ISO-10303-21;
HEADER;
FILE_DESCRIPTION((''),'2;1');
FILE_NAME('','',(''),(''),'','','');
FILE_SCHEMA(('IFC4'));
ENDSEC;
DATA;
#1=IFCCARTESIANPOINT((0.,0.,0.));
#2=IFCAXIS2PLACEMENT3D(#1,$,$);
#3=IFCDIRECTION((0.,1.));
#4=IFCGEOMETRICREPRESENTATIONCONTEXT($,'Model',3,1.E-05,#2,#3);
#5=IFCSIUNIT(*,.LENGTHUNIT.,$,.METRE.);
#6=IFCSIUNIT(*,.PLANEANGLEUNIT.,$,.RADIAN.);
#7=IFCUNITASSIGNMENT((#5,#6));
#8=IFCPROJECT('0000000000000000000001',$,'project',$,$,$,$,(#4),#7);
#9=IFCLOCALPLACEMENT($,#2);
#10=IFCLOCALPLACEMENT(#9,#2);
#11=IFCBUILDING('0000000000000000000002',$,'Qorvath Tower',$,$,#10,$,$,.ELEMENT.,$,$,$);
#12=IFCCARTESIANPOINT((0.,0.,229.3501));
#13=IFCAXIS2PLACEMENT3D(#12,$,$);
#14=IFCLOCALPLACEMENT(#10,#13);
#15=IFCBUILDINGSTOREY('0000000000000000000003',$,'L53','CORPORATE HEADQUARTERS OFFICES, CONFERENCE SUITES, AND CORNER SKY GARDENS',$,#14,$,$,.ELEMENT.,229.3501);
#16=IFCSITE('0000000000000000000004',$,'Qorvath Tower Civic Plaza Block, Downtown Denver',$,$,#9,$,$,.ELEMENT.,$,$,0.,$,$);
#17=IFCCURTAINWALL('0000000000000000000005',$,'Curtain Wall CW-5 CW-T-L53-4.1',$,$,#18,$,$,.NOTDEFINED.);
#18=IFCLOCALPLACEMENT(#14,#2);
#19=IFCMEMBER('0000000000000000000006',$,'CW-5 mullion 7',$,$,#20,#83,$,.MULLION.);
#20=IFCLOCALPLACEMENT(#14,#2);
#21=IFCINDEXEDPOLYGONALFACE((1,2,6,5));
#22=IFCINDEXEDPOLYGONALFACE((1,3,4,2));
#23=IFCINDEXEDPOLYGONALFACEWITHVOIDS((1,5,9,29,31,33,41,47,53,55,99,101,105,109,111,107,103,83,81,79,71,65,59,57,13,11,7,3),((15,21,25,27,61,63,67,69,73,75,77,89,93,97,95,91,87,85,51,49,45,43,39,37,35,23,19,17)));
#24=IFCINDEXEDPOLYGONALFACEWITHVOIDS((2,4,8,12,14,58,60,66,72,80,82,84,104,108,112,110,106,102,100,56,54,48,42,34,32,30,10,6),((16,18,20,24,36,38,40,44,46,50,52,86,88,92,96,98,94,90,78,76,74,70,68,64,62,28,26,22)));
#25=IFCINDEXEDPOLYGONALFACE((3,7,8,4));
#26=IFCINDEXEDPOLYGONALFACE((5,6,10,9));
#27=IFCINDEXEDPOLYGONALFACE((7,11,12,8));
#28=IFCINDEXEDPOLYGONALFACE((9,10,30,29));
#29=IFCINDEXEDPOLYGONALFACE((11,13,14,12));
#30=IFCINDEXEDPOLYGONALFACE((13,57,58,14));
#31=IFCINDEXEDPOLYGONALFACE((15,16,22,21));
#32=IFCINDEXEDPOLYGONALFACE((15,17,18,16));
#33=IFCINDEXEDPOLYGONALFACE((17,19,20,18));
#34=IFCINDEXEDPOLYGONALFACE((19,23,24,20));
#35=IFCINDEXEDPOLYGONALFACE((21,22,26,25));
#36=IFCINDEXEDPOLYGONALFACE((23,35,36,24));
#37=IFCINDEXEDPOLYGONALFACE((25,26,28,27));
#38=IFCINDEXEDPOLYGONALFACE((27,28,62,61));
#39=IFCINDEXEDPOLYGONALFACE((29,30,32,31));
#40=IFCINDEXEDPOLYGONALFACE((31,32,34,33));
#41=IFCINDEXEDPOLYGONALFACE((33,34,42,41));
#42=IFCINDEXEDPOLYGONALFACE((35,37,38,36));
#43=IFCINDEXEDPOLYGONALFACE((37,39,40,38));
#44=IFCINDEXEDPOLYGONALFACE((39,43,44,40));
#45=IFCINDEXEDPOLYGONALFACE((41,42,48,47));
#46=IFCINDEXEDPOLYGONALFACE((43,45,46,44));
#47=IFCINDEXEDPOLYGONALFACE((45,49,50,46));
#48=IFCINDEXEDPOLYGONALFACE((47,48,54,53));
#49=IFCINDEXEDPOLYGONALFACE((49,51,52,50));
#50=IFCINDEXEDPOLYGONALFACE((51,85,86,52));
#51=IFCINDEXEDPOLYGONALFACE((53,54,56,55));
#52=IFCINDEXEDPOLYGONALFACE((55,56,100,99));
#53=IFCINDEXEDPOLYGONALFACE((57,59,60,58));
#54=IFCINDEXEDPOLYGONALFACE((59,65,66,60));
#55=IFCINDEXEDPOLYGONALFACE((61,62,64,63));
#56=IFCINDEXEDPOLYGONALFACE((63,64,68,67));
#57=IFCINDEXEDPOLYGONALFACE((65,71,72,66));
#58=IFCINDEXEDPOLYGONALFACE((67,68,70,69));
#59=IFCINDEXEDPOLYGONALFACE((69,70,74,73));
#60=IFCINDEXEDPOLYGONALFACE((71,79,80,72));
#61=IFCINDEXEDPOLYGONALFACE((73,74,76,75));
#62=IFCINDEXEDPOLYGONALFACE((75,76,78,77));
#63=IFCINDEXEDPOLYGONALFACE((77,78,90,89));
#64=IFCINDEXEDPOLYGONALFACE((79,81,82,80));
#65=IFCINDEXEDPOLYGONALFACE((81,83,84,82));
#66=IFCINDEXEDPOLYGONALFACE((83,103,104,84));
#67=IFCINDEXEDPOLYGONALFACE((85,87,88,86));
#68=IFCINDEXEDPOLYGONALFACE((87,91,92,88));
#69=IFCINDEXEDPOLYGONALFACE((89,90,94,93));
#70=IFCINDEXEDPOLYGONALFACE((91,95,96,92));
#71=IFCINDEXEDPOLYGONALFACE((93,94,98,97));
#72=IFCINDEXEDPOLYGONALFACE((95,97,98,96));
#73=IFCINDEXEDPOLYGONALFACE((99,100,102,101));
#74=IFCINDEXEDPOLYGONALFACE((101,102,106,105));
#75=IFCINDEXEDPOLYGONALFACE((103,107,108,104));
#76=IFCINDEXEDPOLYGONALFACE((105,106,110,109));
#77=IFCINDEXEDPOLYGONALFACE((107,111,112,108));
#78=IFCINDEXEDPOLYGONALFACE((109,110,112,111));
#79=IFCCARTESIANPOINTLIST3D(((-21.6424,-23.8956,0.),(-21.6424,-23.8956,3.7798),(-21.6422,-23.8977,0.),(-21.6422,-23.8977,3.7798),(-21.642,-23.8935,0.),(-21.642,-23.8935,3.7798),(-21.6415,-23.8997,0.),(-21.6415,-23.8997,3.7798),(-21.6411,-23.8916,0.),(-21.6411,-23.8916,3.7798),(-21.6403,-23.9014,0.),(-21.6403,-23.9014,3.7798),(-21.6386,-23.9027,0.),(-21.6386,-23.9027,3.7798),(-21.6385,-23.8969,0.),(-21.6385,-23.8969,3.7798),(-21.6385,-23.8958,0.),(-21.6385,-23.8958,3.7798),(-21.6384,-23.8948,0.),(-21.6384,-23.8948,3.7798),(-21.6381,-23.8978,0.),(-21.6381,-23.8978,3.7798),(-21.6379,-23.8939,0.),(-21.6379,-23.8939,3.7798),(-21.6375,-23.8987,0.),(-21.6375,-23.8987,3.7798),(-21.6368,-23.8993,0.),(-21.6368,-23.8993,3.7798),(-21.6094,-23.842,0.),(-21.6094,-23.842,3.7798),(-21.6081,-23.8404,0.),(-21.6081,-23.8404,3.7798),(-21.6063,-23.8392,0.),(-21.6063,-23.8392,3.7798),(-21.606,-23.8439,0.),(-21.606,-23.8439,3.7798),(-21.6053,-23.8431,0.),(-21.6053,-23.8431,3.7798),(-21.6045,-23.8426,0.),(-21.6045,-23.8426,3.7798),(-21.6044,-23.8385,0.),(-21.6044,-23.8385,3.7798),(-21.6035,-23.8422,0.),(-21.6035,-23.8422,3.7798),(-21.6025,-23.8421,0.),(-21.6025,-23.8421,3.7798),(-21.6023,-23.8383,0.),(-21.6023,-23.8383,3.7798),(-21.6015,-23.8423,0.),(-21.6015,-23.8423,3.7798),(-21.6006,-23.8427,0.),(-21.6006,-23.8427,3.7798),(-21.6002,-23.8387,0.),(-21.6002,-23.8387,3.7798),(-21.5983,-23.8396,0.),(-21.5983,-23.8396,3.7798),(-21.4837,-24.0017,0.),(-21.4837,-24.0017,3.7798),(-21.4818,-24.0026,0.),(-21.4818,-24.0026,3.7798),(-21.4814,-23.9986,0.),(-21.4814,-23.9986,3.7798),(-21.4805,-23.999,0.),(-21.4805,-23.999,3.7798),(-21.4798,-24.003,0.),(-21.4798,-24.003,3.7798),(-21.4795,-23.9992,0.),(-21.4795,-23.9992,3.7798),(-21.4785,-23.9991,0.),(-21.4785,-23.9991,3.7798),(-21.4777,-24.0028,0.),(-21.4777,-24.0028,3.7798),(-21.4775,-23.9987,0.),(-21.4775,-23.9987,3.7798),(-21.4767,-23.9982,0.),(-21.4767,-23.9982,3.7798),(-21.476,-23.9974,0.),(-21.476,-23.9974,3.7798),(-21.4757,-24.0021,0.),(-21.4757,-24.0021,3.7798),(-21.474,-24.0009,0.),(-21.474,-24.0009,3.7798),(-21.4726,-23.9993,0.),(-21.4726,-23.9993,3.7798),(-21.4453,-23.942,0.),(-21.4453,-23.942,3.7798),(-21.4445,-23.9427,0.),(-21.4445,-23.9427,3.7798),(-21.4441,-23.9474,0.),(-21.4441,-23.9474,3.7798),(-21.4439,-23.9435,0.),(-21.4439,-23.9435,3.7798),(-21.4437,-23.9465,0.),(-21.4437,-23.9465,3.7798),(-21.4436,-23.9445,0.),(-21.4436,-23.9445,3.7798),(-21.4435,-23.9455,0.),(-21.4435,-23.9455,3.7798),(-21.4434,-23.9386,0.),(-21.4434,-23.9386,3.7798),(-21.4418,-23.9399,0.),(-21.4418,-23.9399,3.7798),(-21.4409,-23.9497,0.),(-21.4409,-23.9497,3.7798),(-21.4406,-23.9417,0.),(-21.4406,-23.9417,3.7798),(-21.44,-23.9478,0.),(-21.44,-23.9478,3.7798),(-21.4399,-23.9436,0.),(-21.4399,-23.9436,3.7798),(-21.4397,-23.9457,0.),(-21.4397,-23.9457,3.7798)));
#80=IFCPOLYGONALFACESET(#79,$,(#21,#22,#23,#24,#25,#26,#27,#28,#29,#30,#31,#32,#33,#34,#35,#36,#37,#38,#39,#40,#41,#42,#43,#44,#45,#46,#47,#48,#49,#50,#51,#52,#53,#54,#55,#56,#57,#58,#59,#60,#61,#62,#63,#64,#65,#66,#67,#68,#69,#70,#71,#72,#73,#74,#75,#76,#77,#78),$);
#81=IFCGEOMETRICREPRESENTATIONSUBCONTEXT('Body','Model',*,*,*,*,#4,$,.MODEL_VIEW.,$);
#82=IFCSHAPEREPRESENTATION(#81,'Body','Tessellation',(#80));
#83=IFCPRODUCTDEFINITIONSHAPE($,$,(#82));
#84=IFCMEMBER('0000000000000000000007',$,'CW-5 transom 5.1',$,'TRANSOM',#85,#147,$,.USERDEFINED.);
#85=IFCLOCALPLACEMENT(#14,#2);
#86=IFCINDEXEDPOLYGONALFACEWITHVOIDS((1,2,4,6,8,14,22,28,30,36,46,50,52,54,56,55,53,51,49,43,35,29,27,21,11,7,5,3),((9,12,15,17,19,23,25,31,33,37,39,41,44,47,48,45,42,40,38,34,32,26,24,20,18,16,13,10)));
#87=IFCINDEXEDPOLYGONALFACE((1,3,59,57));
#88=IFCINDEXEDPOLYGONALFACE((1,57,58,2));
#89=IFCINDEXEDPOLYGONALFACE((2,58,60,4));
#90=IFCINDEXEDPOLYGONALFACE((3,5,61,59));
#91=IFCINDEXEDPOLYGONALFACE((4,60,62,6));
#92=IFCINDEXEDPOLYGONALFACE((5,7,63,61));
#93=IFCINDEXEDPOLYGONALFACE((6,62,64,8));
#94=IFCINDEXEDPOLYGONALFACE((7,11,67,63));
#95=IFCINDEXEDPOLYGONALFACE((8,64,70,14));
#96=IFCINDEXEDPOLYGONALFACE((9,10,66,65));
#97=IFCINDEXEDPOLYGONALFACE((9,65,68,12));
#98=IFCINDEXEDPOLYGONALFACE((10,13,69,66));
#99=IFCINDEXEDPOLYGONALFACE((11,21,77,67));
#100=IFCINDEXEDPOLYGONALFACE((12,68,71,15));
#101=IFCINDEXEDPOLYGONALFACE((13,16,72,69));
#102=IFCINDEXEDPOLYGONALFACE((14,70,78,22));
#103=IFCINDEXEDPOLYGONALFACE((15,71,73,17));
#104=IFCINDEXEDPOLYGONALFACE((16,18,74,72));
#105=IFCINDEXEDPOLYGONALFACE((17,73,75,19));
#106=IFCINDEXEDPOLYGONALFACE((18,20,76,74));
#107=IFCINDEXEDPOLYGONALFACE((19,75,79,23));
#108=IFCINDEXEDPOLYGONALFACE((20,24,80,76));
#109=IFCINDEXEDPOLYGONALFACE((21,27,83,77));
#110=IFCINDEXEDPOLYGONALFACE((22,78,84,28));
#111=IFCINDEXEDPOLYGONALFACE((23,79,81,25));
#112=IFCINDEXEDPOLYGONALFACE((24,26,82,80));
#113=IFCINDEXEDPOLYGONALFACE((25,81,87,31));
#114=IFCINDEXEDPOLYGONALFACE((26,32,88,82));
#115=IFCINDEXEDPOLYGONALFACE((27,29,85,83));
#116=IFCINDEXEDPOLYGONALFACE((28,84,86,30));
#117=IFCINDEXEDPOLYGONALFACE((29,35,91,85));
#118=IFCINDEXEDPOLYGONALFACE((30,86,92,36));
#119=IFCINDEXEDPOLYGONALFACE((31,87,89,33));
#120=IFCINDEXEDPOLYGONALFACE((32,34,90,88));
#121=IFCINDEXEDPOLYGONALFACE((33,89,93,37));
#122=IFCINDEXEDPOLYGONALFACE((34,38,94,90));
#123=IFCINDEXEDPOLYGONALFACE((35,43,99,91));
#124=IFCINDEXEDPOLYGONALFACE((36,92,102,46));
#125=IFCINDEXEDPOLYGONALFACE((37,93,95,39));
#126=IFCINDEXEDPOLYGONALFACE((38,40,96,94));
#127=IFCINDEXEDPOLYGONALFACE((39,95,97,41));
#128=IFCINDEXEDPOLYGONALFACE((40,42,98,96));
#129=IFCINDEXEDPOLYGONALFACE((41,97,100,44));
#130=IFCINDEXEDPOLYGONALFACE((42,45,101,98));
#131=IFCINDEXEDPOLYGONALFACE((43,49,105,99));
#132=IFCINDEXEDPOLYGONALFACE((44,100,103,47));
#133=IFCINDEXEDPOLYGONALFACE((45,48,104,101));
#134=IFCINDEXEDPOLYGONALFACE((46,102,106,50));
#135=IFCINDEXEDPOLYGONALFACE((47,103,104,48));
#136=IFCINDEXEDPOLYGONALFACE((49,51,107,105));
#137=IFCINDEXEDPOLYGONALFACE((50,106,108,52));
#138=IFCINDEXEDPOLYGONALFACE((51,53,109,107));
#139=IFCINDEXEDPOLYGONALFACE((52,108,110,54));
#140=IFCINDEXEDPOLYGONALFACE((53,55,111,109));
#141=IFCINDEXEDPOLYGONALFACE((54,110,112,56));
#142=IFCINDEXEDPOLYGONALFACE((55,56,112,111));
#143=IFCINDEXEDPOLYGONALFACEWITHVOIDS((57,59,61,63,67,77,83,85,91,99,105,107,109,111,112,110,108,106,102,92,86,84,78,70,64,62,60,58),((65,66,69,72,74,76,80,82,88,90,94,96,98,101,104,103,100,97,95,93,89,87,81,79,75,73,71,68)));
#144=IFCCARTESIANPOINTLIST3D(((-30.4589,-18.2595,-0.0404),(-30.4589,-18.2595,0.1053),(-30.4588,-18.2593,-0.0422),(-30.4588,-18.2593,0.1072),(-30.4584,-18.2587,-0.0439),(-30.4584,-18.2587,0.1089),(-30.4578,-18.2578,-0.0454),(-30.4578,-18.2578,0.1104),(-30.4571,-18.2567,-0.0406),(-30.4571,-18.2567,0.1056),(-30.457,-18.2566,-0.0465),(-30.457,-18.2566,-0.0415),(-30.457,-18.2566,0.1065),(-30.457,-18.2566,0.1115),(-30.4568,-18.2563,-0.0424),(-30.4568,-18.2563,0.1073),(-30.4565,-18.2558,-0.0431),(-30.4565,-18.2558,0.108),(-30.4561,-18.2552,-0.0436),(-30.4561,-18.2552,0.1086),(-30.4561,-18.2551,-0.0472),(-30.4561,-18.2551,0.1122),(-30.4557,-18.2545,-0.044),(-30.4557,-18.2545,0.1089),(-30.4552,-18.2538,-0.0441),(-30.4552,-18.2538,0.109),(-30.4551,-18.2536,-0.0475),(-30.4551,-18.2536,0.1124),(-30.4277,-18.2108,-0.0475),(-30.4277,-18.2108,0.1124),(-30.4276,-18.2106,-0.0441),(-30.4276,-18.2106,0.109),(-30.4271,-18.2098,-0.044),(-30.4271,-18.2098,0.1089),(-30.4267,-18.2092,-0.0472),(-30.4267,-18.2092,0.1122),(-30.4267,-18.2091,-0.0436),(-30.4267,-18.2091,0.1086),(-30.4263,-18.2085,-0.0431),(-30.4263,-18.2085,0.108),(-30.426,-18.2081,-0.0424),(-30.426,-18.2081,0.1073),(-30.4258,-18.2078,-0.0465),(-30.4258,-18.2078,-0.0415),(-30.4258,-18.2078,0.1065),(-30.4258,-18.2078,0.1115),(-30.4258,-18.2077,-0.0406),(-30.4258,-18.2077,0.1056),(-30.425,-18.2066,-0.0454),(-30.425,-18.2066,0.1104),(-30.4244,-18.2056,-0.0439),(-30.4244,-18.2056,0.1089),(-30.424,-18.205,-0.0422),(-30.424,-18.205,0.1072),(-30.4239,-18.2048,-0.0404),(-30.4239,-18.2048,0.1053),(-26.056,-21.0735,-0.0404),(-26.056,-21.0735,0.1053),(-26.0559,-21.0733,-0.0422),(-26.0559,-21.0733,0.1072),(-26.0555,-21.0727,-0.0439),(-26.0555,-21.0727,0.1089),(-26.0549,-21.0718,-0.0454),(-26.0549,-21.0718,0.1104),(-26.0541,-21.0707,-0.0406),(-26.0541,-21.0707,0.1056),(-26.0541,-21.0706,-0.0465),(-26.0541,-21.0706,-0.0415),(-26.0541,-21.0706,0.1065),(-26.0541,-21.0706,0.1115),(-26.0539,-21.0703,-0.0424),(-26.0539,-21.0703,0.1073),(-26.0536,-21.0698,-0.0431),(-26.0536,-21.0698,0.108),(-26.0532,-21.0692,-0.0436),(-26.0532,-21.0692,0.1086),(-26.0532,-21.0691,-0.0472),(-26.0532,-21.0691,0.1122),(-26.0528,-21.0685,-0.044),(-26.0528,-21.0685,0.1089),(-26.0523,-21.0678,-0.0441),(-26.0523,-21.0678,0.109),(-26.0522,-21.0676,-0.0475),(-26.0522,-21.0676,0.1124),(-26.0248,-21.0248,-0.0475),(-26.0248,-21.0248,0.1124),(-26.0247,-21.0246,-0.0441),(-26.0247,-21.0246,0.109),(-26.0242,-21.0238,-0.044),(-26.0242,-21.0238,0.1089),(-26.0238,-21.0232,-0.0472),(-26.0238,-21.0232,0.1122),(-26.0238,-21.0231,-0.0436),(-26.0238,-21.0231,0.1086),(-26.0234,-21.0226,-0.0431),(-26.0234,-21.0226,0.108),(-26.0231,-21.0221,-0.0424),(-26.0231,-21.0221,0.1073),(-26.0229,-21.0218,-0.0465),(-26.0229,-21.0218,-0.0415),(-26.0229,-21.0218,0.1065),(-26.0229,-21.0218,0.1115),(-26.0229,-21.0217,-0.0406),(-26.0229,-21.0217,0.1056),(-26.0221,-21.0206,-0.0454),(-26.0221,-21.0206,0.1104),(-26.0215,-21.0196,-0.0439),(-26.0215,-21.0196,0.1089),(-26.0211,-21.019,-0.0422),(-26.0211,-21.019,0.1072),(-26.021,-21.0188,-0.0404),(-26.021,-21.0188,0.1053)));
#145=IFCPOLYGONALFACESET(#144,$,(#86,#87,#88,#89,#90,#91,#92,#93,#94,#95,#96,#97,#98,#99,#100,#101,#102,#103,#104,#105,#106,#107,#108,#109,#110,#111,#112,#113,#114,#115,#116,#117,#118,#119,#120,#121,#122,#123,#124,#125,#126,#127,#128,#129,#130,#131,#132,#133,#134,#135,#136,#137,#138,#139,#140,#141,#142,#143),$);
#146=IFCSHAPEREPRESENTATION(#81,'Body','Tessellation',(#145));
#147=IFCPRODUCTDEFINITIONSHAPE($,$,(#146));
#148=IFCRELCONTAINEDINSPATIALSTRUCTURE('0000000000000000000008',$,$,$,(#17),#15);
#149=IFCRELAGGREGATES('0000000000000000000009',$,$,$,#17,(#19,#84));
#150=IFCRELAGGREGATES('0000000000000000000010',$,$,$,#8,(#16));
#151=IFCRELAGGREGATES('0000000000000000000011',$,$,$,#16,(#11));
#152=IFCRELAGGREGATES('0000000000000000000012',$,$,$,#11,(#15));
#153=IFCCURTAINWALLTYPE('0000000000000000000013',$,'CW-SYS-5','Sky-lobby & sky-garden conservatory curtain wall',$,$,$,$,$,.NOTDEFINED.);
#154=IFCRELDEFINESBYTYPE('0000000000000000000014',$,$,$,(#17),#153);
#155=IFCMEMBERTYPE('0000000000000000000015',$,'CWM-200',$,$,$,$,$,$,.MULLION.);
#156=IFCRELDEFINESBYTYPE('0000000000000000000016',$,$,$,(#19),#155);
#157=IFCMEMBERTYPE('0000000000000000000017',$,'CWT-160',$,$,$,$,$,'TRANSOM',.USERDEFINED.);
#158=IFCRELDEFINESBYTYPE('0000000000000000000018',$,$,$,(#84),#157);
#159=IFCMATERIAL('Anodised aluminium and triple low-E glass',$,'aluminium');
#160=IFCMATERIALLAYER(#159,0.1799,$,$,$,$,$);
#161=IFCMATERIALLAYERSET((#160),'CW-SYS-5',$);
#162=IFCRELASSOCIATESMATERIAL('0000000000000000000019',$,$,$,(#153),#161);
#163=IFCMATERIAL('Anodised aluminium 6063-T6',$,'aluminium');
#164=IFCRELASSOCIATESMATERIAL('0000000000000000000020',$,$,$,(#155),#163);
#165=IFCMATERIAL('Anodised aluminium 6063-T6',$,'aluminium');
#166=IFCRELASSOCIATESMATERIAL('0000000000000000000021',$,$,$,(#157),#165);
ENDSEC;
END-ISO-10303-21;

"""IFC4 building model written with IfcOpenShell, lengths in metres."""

from ifc_helpers import new_model, si_unit, direction, frame, origin, origin_2d, place, context, subcontext, project, spatial, hollow_rectangle, extrude, material, layer, layer_set, material_profile, profile_set, type_object, element, aggregate, save


model = new_model("IFC4")

# Units and contexts
model_context = context("Model", 3, precision=1e-05, world=origin(), true_north=direction((0.0, 1.0)))
body_context = subcontext(model_context, "Body", "Model", "MODEL_VIEW")
ifc_project = project(units=[si_unit("LENGTHUNIT", "METRE"), si_unit("PLANEANGLEUNIT", "RADIAN")], contexts=[model_context])

# Site, building, storey
site_placement = place(None, origin())
site = spatial("IfcSite", under=ifc_project, at=site_placement, Name="Qorvath Tower Civic Plaza Block, Downtown Denver", CompositionType="ELEMENT", RefElevation=0.0)
building_placement = place(site_placement, origin())
building = spatial("IfcBuilding", under=site, at=building_placement, Name="Qorvath Tower", CompositionType="ELEMENT")
storey_placement = place(building_placement, frame((0.0, 0.0, 229.3501)))
storey = spatial("IfcBuildingStorey", under=building, at=storey_placement, Name="L53", Description="CORPORATE HEADQUARTERS OFFICES, CONFERENCE SUITES, AND CORNER SKY GARDENS", CompositionType="ELEMENT", Elevation=229.3501)

# Curtain wall, members
ifc_material_1 = material(Name="Anodised aluminium and triple low-E glass", Category="aluminium")
ifc_layer_1 = layer(ifc_material_1, 0.1799)
ifc_layer_set_1 = layer_set([ifc_layer_1], Name="CW-SYS-5")
curtain_wall_type = type_object("IfcCurtainWallType", Name="CW-SYS-5", Description="Sky-lobby & sky-garden conservatory curtain wall", PredefinedType="NOTDEFINED", material=ifc_layer_set_1)
curtain_wall_placement = place(storey_placement, origin())
curtain_wall = element("IfcCurtainWall", 1, at=curtain_wall_placement, inside=storey, type_object=curtain_wall_type, Name="Curtain Wall CW-5 CW-T-L53-4.1", PredefinedType="NOTDEFINED")
ifc_material_2 = material(Name="Anodised aluminium 6063-T6", Category="aluminium")
ifc_material_profile_1 = material_profile(ifc_material_2, hollow_rectangle(XDim=0.075, YDim=0.2, WallThickness=0.0039, InnerFilletRadius=0.0039, OuterFilletRadius=0.0081, at=origin_2d()), Name="CWM 200x75")
ifc_profile_set_1 = profile_set([ifc_material_profile_1], Name="Anodised aluminium 6063-T6")
member_type_1 = type_object("IfcMemberType", Name="CWM-200", PredefinedType="MULLION", material=ifc_profile_set_1)
member_1_placement = place(storey_placement, frame((-21.541, -23.9207, 0.0), z_axis=(0.0, 0.0, 1.0), x_axis=(0.538529, 0.842607, 0.0)))
member_1 = element("IfcMember", 2, at=member_1_placement, type_object=member_type_1, Name="CW-5 mullion 7", PredefinedType="MULLION", context=body_context, shape_type="SweptSolid", body=[
    extrude(hollow_rectangle(XDim=0.075, YDim=0.2, WallThickness=0.0039, InnerFilletRadius=0.0039, OuterFilletRadius=0.0081, at=origin_2d()), origin(), (0.0, 0.0, 1.0), 3.7798),
])
ifc_material_3 = material(Name="Anodised aluminium 6063-T6", Category="aluminium")
ifc_material_profile_2 = material_profile(ifc_material_3, hollow_rectangle(XDim=0.0649, YDim=0.1599, WallThickness=0.0034, InnerFilletRadius=0.0034, OuterFilletRadius=0.0071, at=origin_2d()), Name="CWT 160x65")
ifc_profile_set_2 = profile_set([ifc_material_profile_2], Name="Anodised aluminium 6063-T6")
member_type_2 = type_object("IfcMemberType", Name="CWT-160", ElementType="TRANSOM", PredefinedType="USERDEFINED", material=ifc_profile_set_2)
member_2_placement = place(storey_placement, frame((-30.4414, -18.2322, 0.0325), z_axis=(0.842606, -0.538531, 0.0), x_axis=(0.538531, 0.842606, 0.0)))
member_2 = element("IfcMember", 3, at=member_2_placement, type_object=member_type_2, Name="CW-5 transom 5.1", ObjectType="TRANSOM", PredefinedType="USERDEFINED", context=body_context, shape_type="SweptSolid", body=[
    extrude(hollow_rectangle(XDim=0.0649, YDim=0.1599, WallThickness=0.0034, InnerFilletRadius=0.0034, OuterFilletRadius=0.0071, at=origin_2d()), origin(), (0.0, 0.0, 1.0), 5.2253),
])
aggregate(curtain_wall, [member_1, member_2])

save(model, "model.ifc")
